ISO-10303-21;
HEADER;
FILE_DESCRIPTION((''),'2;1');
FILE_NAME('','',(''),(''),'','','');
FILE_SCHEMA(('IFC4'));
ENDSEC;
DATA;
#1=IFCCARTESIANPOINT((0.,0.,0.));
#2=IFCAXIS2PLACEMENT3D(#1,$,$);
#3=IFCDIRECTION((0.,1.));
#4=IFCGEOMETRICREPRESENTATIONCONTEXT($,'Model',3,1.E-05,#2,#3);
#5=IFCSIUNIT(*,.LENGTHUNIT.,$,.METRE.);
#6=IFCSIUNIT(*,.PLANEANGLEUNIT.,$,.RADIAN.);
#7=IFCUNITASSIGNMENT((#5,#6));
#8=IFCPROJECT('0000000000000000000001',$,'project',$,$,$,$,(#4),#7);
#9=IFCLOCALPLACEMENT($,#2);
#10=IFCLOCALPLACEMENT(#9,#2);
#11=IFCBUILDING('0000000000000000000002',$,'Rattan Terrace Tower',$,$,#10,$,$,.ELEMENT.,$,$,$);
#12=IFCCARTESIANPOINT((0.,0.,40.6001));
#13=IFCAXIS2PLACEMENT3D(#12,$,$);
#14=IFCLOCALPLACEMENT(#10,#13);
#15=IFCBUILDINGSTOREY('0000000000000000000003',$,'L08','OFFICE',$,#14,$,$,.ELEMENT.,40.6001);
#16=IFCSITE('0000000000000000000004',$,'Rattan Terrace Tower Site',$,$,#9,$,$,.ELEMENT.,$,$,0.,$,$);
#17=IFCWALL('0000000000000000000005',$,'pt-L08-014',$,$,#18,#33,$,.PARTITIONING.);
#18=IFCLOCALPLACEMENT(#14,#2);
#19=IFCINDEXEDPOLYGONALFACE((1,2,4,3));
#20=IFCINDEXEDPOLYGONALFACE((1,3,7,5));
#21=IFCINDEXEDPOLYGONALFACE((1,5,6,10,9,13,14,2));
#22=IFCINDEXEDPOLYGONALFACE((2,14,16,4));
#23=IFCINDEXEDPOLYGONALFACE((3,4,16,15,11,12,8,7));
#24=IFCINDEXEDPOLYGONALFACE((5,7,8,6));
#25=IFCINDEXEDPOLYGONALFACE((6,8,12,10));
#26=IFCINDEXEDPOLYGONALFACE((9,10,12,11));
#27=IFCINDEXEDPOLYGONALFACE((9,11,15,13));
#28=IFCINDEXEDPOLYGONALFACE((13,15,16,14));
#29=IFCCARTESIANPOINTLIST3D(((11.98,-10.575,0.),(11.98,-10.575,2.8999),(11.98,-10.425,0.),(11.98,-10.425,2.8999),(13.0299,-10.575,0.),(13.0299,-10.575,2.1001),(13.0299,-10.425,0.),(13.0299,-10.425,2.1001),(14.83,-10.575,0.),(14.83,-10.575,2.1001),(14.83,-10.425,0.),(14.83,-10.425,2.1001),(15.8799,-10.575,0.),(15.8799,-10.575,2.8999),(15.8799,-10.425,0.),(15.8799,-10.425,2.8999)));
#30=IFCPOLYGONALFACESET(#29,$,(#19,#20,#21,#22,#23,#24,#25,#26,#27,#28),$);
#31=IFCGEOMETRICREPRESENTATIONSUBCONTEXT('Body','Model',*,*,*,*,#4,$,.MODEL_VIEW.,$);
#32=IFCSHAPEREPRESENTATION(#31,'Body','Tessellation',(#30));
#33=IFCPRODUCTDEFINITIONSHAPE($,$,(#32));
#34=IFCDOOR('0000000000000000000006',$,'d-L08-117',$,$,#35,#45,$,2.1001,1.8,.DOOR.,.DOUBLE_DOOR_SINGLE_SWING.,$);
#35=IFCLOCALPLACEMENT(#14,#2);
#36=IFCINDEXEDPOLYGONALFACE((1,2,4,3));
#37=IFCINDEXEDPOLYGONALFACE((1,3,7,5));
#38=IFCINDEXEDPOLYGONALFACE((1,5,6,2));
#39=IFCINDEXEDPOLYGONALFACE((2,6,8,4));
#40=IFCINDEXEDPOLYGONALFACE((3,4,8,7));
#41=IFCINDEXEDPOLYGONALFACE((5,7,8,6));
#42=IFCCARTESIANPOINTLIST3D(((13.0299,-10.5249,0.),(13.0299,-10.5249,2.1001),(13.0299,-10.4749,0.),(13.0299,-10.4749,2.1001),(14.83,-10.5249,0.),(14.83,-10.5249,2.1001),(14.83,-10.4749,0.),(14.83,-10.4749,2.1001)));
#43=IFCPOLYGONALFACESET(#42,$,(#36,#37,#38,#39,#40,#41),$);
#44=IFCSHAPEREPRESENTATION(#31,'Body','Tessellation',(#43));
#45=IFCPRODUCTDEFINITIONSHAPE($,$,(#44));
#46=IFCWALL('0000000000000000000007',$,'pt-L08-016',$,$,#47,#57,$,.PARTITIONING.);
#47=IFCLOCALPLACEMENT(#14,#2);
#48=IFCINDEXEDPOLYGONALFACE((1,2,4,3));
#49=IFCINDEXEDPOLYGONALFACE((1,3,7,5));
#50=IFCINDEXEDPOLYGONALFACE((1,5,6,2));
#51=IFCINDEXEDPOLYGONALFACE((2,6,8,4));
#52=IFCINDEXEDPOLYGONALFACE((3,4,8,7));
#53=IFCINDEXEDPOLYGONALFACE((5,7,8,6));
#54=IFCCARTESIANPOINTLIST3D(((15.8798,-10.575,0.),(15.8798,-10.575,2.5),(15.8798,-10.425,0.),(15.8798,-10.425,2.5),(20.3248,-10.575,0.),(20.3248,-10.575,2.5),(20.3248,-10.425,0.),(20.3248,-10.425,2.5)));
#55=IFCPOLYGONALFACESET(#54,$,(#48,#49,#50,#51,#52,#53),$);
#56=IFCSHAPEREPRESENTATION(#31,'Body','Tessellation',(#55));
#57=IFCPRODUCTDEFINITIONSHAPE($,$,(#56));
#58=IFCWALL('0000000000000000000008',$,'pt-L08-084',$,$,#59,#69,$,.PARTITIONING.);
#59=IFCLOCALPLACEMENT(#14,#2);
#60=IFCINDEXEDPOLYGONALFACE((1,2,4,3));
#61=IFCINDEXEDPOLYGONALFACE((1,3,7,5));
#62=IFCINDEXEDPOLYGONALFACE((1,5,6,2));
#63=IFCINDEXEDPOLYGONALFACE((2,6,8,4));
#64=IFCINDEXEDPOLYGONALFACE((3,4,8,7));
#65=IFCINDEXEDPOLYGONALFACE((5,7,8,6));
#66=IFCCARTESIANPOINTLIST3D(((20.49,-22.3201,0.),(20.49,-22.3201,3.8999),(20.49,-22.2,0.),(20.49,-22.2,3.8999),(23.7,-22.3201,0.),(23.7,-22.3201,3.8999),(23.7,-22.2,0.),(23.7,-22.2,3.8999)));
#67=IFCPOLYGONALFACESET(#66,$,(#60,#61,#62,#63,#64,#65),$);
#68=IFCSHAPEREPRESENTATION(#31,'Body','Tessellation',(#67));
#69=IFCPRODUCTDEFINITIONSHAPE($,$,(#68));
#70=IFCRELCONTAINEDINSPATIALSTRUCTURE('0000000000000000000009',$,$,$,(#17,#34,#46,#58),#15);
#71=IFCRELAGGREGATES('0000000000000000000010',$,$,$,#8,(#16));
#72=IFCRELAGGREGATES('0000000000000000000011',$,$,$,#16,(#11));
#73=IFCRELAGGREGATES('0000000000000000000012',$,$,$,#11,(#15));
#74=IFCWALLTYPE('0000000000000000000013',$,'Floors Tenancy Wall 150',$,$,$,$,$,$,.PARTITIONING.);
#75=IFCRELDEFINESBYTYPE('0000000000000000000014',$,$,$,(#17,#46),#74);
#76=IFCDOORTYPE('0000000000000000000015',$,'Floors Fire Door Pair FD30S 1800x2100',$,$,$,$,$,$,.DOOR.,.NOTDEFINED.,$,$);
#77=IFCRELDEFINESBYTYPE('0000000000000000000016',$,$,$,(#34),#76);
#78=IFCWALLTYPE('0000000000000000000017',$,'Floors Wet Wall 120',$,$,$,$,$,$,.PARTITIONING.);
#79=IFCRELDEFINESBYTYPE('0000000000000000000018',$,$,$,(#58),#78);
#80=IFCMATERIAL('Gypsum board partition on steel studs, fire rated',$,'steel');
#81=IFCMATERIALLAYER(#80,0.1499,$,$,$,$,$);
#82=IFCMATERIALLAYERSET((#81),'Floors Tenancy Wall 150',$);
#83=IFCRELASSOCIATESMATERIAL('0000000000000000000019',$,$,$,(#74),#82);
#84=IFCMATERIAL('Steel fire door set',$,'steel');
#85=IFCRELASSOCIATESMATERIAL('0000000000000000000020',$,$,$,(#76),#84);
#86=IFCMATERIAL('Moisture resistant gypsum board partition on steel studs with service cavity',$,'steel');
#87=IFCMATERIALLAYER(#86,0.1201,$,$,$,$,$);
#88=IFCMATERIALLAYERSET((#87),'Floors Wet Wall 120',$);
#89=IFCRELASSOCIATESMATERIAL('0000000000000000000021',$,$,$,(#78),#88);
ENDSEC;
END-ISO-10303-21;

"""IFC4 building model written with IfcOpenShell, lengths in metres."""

from ifc_helpers import new_model, si_unit, direction, frame, frame_2d, origin, place, context, subcontext, project, spatial, rectangle, extrude, material, layer, layer_set, type_object, element, fill, save


model = new_model("IFC4")

# Units and contexts
model_context = context("Model", 3, precision=1e-05, world=origin(), true_north=direction((0.0, 1.0)))
body_context = subcontext(model_context, "Body", "Model", "MODEL_VIEW")
ifc_project = project(units=[si_unit("LENGTHUNIT", "METRE"), si_unit("PLANEANGLEUNIT", "RADIAN")], contexts=[model_context])

# Site, building, storey
site_placement = place(None, origin())
site = spatial("IfcSite", under=ifc_project, at=site_placement, Name="Rattan Terrace Tower Site", CompositionType="ELEMENT", RefElevation=0.0)
building_placement = place(site_placement, origin())
building = spatial("IfcBuilding", under=site, at=building_placement, Name="Rattan Terrace Tower", CompositionType="ELEMENT")
storey_placement = place(building_placement, frame((0.0, 0.0, 40.6001)))
storey = spatial("IfcBuildingStorey", under=building, at=storey_placement, Name="L08", Description="OFFICE", CompositionType="ELEMENT", Elevation=40.6001)

# Wall, opening, door
ifc_material_1 = material(Name="Gypsum board partition on steel studs, fire rated", Category="steel")
ifc_layer_1 = layer(ifc_material_1, 0.1499)
ifc_layer_set_1 = layer_set([ifc_layer_1], Name="Floors Tenancy Wall 150")
wall_type_1 = type_object("IfcWallType", Name="Floors Tenancy Wall 150", PredefinedType="PARTITIONING", material=ifc_layer_set_1)
wall_1_placement = place(storey_placement, frame((15.8799, -10.5, 0.0), z_axis=(0.0, 0.0, 1.0), x_axis=(-1.0, 0.0, 0.0)))
wall_1 = element("IfcWall", 1, at=wall_1_placement, inside=storey, type_object=wall_type_1, Name="pt-L08-014", PredefinedType="PARTITIONING", context=body_context, shape_type="SweptSolid", body=[
    extrude(rectangle(XDim=3.8999, YDim=0.1499, at=frame_2d((1.95, 0.0))), origin(), (0.0, 0.0, 1.0), 2.8999),
])
opening_1_placement = place(wall_1_placement, frame((1.05, 0.0, 0.0)))
opening_1 = element("IfcOpeningElement", 2, at=opening_1_placement, cuts=wall_1, PredefinedType="OPENING", context=body_context, shape_type="SweptSolid", body=[
    extrude(rectangle(XDim=1.8, YDim=2.1001, at=frame_2d((0.8999, 1.05))), frame((0.0, 0.0854, 0.0), z_axis=(0.0, -1.0, 0.0), x_axis=(1.0, 0.0, 0.0)), (0.0, 0.0, 1.0), 0.1709),
])
ifc_material_2 = material(Name="Steel fire door set", Category="steel")
door_type_1 = type_object("IfcDoorType", Name="Floors Fire Door Pair FD30S 1800x2100", OperationType="NOTDEFINED", PredefinedType="DOOR", material=ifc_material_2)
door_1_placement = place(opening_1_placement, origin())
door_1 = element("IfcDoor", 3, at=door_1_placement, inside=storey, type_object=door_type_1, Name="d-L08-117", OperationType="DOUBLE_DOOR_SINGLE_SWING", OverallHeight=2.1001, OverallWidth=1.8, PredefinedType="DOOR", context=body_context, shape_type="SweptSolid", body=[
    extrude(rectangle(XDim=1.8, YDim=2.1001, at=frame_2d((0.8999, 1.05))), frame((0.0, 0.0249, 0.0), z_axis=(0.0, -1.0, 0.0), x_axis=(1.0, 0.0, 0.0)), (0.0, 0.0, 1.0), 0.05),
])
fill(opening_1, door_1)

# Walls
wall_2_placement = place(storey_placement, frame((20.325, -10.5, 0.0), z_axis=(0.0, 0.0, 1.0), x_axis=(-1.0, 0.0, 0.0)))
element("IfcWall", 4, at=wall_2_placement, inside=storey, type_object=wall_type_1, Name="pt-L08-016", PredefinedType="PARTITIONING", context=body_context, shape_type="SweptSolid", body=[
    extrude(rectangle(XDim=4.4451, YDim=0.1499, at=frame_2d((2.2227, 0.0))), origin(), (0.0, 0.0, 1.0), 2.5),
])
ifc_material_3 = material(Name="Moisture resistant gypsum board partition on steel studs with service cavity", Category="steel")
ifc_layer_2 = layer(ifc_material_3, 0.1201)
ifc_layer_set_2 = layer_set([ifc_layer_2], Name="Floors Wet Wall 120")
wall_type_2 = type_object("IfcWallType", Name="Floors Wet Wall 120", PredefinedType="PARTITIONING", material=ifc_layer_set_2)
wall_3_placement = place(storey_placement, frame((20.49, -22.26, 0.0), z_axis=(0.0, 0.0, 1.0), x_axis=(1.0, 0.0, 0.0)))
element("IfcWall", 5, at=wall_3_placement, inside=storey, type_object=wall_type_2, Name="pt-L08-084", PredefinedType="PARTITIONING", context=body_context, shape_type="SweptSolid", body=[
    extrude(rectangle(XDim=3.21, YDim=0.1201, at=frame_2d((1.605, 0.0))), origin(), (0.0, 0.0, 1.0), 3.8999),
])

save(model, "model.ifc")
